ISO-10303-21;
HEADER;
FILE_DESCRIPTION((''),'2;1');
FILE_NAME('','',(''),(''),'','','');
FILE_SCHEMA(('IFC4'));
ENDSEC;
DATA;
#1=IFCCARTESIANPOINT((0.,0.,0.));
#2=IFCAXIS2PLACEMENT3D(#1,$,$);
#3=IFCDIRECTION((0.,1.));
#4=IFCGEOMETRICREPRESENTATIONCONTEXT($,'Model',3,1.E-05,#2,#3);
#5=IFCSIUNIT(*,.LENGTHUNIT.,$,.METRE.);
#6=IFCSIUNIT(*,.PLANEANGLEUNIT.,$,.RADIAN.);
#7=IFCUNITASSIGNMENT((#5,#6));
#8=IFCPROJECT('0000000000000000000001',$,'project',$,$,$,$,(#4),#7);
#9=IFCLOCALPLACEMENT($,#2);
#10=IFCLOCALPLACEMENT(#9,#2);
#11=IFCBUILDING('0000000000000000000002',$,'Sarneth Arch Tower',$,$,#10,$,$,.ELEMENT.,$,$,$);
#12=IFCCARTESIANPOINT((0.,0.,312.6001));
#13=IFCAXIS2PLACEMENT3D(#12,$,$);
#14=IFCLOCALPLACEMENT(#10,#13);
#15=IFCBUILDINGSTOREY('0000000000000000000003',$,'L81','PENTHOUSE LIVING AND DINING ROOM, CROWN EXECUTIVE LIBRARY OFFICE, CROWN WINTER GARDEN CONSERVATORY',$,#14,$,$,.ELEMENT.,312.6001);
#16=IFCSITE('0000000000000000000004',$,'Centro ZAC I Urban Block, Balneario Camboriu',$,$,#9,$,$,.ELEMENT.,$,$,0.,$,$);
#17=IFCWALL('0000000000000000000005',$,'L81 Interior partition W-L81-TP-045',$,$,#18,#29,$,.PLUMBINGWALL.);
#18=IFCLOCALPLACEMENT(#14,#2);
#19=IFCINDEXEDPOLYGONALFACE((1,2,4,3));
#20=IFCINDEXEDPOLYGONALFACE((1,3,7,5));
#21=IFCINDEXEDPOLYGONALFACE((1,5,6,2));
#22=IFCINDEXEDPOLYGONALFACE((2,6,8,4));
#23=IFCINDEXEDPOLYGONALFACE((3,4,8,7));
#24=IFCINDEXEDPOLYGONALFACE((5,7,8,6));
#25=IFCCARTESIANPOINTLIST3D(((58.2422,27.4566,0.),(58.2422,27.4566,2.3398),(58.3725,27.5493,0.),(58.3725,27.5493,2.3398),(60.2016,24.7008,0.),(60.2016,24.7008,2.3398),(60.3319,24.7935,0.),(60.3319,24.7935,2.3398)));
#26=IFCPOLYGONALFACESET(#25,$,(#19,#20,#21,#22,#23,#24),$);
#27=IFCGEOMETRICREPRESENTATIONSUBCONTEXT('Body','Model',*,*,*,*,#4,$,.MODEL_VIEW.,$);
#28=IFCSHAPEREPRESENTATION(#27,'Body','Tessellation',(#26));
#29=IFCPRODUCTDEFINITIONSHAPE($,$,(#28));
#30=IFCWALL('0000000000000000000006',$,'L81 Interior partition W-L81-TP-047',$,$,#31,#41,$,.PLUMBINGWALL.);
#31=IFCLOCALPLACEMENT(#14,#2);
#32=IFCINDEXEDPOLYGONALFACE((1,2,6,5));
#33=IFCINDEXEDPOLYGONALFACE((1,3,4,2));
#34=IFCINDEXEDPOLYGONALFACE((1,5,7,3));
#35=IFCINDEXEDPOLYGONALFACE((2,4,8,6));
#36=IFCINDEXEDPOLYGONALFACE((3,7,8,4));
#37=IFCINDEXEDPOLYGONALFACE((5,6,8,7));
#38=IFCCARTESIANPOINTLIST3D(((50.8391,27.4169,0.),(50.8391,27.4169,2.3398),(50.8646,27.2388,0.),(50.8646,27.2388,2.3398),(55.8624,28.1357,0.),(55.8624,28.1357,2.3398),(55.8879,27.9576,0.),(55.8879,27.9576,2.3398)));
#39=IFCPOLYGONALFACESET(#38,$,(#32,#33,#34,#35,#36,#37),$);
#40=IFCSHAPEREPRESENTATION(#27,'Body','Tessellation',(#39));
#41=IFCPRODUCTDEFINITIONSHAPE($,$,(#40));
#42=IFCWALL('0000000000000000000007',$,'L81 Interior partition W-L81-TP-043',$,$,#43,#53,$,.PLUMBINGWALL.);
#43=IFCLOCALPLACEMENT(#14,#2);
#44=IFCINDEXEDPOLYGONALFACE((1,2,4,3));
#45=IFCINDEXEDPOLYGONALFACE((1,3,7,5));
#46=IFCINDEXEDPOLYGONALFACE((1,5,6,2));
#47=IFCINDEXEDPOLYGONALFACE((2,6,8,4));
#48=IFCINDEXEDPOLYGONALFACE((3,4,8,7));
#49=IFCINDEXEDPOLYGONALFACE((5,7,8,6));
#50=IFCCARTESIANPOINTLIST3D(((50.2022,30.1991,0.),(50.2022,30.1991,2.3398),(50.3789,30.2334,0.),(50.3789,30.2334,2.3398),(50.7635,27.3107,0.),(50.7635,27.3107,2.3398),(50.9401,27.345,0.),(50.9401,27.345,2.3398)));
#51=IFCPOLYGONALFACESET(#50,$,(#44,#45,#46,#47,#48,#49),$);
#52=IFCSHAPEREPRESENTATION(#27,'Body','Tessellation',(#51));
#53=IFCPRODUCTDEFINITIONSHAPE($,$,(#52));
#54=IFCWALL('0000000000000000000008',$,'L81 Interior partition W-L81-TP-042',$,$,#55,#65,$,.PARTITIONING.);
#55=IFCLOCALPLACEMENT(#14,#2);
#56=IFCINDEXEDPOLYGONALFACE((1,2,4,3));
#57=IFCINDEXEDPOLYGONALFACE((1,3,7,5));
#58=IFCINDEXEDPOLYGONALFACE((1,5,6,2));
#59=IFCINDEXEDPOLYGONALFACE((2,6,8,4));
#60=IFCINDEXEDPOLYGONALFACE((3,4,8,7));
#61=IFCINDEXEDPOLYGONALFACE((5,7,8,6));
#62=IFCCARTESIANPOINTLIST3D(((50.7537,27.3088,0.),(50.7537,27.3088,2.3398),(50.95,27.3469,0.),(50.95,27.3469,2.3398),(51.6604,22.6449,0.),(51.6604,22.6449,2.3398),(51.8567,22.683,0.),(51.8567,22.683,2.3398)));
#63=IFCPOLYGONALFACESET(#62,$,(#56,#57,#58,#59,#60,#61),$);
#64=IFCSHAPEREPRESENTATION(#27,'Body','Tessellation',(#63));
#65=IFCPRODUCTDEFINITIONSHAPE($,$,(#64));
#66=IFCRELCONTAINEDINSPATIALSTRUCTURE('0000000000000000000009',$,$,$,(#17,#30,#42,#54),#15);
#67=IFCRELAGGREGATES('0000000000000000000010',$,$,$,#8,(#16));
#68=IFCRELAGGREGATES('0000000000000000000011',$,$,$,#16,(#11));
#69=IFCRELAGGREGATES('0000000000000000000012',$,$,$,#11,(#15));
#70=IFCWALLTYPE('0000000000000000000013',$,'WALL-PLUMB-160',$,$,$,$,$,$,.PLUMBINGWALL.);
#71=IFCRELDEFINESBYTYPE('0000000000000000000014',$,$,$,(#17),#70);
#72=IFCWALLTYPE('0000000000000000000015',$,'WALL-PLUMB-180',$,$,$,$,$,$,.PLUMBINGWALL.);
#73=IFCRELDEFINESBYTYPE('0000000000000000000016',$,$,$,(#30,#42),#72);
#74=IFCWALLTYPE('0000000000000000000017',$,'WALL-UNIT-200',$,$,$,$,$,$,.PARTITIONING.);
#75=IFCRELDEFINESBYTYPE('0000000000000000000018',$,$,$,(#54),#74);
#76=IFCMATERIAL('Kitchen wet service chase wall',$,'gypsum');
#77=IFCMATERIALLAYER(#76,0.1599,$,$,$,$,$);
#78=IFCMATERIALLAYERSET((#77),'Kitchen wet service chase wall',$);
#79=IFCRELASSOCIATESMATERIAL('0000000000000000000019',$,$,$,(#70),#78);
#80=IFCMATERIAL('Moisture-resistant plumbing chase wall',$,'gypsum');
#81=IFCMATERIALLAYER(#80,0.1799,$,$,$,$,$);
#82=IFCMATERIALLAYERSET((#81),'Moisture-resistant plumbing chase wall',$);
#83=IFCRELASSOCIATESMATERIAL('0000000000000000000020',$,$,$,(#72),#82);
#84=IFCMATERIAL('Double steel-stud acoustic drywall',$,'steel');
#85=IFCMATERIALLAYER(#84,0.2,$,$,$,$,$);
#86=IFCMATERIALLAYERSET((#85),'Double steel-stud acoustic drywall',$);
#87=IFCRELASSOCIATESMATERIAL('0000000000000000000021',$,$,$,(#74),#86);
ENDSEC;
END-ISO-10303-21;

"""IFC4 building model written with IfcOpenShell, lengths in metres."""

from ifc_helpers import new_model, si_unit, direction, frame, frame_2d, origin, place, context, subcontext, project, spatial, rectangle, extrude, material, layer, layer_set, type_object, element, save


model = new_model("IFC4")

# Units and contexts
model_context = context("Model", 3, precision=1e-05, world=origin(), true_north=direction((0.0, 1.0)))
body_context = subcontext(model_context, "Body", "Model", "MODEL_VIEW")
ifc_project = project(units=[si_unit("LENGTHUNIT", "METRE"), si_unit("PLANEANGLEUNIT", "RADIAN")], contexts=[model_context])

# Site, building, storey
site_placement = place(None, origin())
site = spatial("IfcSite", under=ifc_project, at=site_placement, Name="Centro ZAC I Urban Block, Balneario Camboriu", CompositionType="ELEMENT", RefElevation=0.0)
building_placement = place(site_placement, origin())
building = spatial("IfcBuilding", under=site, at=building_placement, Name="Sarneth Arch Tower", CompositionType="ELEMENT")
storey_placement = place(building_placement, frame((0.0, 0.0, 312.6001)))
storey = spatial("IfcBuildingStorey", under=building, at=storey_placement, Name="L81", Description="PENTHOUSE LIVING AND DINING ROOM, CROWN EXECUTIVE LIBRARY OFFICE, CROWN WINTER GARDEN CONSERVATORY", CompositionType="ELEMENT", Elevation=312.6001)

# Walls
ifc_material_1 = material(Name="Kitchen wet service chase wall", Category="gypsum")
ifc_layer_1 = layer(ifc_material_1, 0.1599)
ifc_layer_set_1 = layer_set([ifc_layer_1], Name="Kitchen wet service chase wall")
wall_type_1 = type_object("IfcWallType", Name="WALL-PLUMB-160", PredefinedType="PLUMBINGWALL", material=ifc_layer_set_1)
wall_1_placement = place(storey_placement, frame((58.3074, 27.5029, 0.0), z_axis=(0.0, 0.0, 1.0), x_axis=(0.579475, -0.81499, 0.0)))
element("IfcWall", 1, at=wall_1_placement, inside=storey, type_object=wall_type_1, Name="L81 Interior partition W-L81-TP-045", PredefinedType="PLUMBINGWALL", context=body_context, shape_type="SweptSolid", body=[
    extrude(rectangle(XDim=3.3813, YDim=0.1599, at=frame_2d((1.6907, 0.0))), origin(), (0.0, 0.0, 1.0), 2.3398),
])
ifc_material_2 = material(Name="Moisture-resistant plumbing chase wall", Category="gypsum")
ifc_layer_2 = layer(ifc_material_2, 0.1799)
ifc_layer_set_2 = layer_set([ifc_layer_2], Name="Moisture-resistant plumbing chase wall")
wall_type_2 = type_object("IfcWallType", Name="WALL-PLUMB-180", PredefinedType="PLUMBINGWALL", material=ifc_layer_set_2)
wall_2_placement = place(storey_placement, frame((55.875, 28.0466, 0.0), z_axis=(0.0, 0.0, 1.0), x_axis=(-0.989918, -0.141644, 0.0)))
element("IfcWall", 2, at=wall_2_placement, inside=storey, type_object=wall_type_2, Name="L81 Interior partition W-L81-TP-047", PredefinedType="PLUMBINGWALL", context=body_context, shape_type="SweptSolid", body=[
    extrude(rectangle(XDim=5.0745, YDim=0.1799, at=frame_2d((2.5371, 0.0))), origin(), (0.0, 0.0, 1.0), 2.3398),
])
wall_3_placement = place(storey_placement, frame((50.8518, 27.3279, 0.0), z_axis=(0.0, 0.0, 1.0), x_axis=(-0.190752, 0.981638, 0.0)))
element("IfcWall", 3, at=wall_3_placement, inside=storey, type_object=wall_type_2, Name="L81 Interior partition W-L81-TP-043", PredefinedType="PLUMBINGWALL", context=body_context, shape_type="SweptSolid", body=[
    extrude(rectangle(XDim=2.9424, YDim=0.1799, at=frame_2d((1.4712, 0.0))), origin(), (0.0, 0.0, 1.0), 2.3398),
])
ifc_material_3 = material(Name="Double steel-stud acoustic drywall", Category="steel")
ifc_layer_3 = layer(ifc_material_3, 0.2)
ifc_layer_set_3 = layer_set([ifc_layer_3], Name="Double steel-stud acoustic drywall")
wall_type_3 = type_object("IfcWallType", Name="WALL-UNIT-200", PredefinedType="PARTITIONING", material=ifc_layer_set_3)
wall_4_placement = place(storey_placement, frame((51.7585, 22.6641, 0.0), z_axis=(0.0, 0.0, 1.0), x_axis=(-0.190846, 0.98162, 0.0)))
element("IfcWall", 4, at=wall_4_placement, inside=storey, type_object=wall_type_3, Name="L81 Interior partition W-L81-TP-042", PredefinedType="PARTITIONING", context=body_context, shape_type="SweptSolid", body=[
    extrude(rectangle(XDim=4.7512, YDim=0.2, at=frame_2d((2.3755, 0.0))), origin(), (0.0, 0.0, 1.0), 2.3398),
])

save(model, "model.ifc")
